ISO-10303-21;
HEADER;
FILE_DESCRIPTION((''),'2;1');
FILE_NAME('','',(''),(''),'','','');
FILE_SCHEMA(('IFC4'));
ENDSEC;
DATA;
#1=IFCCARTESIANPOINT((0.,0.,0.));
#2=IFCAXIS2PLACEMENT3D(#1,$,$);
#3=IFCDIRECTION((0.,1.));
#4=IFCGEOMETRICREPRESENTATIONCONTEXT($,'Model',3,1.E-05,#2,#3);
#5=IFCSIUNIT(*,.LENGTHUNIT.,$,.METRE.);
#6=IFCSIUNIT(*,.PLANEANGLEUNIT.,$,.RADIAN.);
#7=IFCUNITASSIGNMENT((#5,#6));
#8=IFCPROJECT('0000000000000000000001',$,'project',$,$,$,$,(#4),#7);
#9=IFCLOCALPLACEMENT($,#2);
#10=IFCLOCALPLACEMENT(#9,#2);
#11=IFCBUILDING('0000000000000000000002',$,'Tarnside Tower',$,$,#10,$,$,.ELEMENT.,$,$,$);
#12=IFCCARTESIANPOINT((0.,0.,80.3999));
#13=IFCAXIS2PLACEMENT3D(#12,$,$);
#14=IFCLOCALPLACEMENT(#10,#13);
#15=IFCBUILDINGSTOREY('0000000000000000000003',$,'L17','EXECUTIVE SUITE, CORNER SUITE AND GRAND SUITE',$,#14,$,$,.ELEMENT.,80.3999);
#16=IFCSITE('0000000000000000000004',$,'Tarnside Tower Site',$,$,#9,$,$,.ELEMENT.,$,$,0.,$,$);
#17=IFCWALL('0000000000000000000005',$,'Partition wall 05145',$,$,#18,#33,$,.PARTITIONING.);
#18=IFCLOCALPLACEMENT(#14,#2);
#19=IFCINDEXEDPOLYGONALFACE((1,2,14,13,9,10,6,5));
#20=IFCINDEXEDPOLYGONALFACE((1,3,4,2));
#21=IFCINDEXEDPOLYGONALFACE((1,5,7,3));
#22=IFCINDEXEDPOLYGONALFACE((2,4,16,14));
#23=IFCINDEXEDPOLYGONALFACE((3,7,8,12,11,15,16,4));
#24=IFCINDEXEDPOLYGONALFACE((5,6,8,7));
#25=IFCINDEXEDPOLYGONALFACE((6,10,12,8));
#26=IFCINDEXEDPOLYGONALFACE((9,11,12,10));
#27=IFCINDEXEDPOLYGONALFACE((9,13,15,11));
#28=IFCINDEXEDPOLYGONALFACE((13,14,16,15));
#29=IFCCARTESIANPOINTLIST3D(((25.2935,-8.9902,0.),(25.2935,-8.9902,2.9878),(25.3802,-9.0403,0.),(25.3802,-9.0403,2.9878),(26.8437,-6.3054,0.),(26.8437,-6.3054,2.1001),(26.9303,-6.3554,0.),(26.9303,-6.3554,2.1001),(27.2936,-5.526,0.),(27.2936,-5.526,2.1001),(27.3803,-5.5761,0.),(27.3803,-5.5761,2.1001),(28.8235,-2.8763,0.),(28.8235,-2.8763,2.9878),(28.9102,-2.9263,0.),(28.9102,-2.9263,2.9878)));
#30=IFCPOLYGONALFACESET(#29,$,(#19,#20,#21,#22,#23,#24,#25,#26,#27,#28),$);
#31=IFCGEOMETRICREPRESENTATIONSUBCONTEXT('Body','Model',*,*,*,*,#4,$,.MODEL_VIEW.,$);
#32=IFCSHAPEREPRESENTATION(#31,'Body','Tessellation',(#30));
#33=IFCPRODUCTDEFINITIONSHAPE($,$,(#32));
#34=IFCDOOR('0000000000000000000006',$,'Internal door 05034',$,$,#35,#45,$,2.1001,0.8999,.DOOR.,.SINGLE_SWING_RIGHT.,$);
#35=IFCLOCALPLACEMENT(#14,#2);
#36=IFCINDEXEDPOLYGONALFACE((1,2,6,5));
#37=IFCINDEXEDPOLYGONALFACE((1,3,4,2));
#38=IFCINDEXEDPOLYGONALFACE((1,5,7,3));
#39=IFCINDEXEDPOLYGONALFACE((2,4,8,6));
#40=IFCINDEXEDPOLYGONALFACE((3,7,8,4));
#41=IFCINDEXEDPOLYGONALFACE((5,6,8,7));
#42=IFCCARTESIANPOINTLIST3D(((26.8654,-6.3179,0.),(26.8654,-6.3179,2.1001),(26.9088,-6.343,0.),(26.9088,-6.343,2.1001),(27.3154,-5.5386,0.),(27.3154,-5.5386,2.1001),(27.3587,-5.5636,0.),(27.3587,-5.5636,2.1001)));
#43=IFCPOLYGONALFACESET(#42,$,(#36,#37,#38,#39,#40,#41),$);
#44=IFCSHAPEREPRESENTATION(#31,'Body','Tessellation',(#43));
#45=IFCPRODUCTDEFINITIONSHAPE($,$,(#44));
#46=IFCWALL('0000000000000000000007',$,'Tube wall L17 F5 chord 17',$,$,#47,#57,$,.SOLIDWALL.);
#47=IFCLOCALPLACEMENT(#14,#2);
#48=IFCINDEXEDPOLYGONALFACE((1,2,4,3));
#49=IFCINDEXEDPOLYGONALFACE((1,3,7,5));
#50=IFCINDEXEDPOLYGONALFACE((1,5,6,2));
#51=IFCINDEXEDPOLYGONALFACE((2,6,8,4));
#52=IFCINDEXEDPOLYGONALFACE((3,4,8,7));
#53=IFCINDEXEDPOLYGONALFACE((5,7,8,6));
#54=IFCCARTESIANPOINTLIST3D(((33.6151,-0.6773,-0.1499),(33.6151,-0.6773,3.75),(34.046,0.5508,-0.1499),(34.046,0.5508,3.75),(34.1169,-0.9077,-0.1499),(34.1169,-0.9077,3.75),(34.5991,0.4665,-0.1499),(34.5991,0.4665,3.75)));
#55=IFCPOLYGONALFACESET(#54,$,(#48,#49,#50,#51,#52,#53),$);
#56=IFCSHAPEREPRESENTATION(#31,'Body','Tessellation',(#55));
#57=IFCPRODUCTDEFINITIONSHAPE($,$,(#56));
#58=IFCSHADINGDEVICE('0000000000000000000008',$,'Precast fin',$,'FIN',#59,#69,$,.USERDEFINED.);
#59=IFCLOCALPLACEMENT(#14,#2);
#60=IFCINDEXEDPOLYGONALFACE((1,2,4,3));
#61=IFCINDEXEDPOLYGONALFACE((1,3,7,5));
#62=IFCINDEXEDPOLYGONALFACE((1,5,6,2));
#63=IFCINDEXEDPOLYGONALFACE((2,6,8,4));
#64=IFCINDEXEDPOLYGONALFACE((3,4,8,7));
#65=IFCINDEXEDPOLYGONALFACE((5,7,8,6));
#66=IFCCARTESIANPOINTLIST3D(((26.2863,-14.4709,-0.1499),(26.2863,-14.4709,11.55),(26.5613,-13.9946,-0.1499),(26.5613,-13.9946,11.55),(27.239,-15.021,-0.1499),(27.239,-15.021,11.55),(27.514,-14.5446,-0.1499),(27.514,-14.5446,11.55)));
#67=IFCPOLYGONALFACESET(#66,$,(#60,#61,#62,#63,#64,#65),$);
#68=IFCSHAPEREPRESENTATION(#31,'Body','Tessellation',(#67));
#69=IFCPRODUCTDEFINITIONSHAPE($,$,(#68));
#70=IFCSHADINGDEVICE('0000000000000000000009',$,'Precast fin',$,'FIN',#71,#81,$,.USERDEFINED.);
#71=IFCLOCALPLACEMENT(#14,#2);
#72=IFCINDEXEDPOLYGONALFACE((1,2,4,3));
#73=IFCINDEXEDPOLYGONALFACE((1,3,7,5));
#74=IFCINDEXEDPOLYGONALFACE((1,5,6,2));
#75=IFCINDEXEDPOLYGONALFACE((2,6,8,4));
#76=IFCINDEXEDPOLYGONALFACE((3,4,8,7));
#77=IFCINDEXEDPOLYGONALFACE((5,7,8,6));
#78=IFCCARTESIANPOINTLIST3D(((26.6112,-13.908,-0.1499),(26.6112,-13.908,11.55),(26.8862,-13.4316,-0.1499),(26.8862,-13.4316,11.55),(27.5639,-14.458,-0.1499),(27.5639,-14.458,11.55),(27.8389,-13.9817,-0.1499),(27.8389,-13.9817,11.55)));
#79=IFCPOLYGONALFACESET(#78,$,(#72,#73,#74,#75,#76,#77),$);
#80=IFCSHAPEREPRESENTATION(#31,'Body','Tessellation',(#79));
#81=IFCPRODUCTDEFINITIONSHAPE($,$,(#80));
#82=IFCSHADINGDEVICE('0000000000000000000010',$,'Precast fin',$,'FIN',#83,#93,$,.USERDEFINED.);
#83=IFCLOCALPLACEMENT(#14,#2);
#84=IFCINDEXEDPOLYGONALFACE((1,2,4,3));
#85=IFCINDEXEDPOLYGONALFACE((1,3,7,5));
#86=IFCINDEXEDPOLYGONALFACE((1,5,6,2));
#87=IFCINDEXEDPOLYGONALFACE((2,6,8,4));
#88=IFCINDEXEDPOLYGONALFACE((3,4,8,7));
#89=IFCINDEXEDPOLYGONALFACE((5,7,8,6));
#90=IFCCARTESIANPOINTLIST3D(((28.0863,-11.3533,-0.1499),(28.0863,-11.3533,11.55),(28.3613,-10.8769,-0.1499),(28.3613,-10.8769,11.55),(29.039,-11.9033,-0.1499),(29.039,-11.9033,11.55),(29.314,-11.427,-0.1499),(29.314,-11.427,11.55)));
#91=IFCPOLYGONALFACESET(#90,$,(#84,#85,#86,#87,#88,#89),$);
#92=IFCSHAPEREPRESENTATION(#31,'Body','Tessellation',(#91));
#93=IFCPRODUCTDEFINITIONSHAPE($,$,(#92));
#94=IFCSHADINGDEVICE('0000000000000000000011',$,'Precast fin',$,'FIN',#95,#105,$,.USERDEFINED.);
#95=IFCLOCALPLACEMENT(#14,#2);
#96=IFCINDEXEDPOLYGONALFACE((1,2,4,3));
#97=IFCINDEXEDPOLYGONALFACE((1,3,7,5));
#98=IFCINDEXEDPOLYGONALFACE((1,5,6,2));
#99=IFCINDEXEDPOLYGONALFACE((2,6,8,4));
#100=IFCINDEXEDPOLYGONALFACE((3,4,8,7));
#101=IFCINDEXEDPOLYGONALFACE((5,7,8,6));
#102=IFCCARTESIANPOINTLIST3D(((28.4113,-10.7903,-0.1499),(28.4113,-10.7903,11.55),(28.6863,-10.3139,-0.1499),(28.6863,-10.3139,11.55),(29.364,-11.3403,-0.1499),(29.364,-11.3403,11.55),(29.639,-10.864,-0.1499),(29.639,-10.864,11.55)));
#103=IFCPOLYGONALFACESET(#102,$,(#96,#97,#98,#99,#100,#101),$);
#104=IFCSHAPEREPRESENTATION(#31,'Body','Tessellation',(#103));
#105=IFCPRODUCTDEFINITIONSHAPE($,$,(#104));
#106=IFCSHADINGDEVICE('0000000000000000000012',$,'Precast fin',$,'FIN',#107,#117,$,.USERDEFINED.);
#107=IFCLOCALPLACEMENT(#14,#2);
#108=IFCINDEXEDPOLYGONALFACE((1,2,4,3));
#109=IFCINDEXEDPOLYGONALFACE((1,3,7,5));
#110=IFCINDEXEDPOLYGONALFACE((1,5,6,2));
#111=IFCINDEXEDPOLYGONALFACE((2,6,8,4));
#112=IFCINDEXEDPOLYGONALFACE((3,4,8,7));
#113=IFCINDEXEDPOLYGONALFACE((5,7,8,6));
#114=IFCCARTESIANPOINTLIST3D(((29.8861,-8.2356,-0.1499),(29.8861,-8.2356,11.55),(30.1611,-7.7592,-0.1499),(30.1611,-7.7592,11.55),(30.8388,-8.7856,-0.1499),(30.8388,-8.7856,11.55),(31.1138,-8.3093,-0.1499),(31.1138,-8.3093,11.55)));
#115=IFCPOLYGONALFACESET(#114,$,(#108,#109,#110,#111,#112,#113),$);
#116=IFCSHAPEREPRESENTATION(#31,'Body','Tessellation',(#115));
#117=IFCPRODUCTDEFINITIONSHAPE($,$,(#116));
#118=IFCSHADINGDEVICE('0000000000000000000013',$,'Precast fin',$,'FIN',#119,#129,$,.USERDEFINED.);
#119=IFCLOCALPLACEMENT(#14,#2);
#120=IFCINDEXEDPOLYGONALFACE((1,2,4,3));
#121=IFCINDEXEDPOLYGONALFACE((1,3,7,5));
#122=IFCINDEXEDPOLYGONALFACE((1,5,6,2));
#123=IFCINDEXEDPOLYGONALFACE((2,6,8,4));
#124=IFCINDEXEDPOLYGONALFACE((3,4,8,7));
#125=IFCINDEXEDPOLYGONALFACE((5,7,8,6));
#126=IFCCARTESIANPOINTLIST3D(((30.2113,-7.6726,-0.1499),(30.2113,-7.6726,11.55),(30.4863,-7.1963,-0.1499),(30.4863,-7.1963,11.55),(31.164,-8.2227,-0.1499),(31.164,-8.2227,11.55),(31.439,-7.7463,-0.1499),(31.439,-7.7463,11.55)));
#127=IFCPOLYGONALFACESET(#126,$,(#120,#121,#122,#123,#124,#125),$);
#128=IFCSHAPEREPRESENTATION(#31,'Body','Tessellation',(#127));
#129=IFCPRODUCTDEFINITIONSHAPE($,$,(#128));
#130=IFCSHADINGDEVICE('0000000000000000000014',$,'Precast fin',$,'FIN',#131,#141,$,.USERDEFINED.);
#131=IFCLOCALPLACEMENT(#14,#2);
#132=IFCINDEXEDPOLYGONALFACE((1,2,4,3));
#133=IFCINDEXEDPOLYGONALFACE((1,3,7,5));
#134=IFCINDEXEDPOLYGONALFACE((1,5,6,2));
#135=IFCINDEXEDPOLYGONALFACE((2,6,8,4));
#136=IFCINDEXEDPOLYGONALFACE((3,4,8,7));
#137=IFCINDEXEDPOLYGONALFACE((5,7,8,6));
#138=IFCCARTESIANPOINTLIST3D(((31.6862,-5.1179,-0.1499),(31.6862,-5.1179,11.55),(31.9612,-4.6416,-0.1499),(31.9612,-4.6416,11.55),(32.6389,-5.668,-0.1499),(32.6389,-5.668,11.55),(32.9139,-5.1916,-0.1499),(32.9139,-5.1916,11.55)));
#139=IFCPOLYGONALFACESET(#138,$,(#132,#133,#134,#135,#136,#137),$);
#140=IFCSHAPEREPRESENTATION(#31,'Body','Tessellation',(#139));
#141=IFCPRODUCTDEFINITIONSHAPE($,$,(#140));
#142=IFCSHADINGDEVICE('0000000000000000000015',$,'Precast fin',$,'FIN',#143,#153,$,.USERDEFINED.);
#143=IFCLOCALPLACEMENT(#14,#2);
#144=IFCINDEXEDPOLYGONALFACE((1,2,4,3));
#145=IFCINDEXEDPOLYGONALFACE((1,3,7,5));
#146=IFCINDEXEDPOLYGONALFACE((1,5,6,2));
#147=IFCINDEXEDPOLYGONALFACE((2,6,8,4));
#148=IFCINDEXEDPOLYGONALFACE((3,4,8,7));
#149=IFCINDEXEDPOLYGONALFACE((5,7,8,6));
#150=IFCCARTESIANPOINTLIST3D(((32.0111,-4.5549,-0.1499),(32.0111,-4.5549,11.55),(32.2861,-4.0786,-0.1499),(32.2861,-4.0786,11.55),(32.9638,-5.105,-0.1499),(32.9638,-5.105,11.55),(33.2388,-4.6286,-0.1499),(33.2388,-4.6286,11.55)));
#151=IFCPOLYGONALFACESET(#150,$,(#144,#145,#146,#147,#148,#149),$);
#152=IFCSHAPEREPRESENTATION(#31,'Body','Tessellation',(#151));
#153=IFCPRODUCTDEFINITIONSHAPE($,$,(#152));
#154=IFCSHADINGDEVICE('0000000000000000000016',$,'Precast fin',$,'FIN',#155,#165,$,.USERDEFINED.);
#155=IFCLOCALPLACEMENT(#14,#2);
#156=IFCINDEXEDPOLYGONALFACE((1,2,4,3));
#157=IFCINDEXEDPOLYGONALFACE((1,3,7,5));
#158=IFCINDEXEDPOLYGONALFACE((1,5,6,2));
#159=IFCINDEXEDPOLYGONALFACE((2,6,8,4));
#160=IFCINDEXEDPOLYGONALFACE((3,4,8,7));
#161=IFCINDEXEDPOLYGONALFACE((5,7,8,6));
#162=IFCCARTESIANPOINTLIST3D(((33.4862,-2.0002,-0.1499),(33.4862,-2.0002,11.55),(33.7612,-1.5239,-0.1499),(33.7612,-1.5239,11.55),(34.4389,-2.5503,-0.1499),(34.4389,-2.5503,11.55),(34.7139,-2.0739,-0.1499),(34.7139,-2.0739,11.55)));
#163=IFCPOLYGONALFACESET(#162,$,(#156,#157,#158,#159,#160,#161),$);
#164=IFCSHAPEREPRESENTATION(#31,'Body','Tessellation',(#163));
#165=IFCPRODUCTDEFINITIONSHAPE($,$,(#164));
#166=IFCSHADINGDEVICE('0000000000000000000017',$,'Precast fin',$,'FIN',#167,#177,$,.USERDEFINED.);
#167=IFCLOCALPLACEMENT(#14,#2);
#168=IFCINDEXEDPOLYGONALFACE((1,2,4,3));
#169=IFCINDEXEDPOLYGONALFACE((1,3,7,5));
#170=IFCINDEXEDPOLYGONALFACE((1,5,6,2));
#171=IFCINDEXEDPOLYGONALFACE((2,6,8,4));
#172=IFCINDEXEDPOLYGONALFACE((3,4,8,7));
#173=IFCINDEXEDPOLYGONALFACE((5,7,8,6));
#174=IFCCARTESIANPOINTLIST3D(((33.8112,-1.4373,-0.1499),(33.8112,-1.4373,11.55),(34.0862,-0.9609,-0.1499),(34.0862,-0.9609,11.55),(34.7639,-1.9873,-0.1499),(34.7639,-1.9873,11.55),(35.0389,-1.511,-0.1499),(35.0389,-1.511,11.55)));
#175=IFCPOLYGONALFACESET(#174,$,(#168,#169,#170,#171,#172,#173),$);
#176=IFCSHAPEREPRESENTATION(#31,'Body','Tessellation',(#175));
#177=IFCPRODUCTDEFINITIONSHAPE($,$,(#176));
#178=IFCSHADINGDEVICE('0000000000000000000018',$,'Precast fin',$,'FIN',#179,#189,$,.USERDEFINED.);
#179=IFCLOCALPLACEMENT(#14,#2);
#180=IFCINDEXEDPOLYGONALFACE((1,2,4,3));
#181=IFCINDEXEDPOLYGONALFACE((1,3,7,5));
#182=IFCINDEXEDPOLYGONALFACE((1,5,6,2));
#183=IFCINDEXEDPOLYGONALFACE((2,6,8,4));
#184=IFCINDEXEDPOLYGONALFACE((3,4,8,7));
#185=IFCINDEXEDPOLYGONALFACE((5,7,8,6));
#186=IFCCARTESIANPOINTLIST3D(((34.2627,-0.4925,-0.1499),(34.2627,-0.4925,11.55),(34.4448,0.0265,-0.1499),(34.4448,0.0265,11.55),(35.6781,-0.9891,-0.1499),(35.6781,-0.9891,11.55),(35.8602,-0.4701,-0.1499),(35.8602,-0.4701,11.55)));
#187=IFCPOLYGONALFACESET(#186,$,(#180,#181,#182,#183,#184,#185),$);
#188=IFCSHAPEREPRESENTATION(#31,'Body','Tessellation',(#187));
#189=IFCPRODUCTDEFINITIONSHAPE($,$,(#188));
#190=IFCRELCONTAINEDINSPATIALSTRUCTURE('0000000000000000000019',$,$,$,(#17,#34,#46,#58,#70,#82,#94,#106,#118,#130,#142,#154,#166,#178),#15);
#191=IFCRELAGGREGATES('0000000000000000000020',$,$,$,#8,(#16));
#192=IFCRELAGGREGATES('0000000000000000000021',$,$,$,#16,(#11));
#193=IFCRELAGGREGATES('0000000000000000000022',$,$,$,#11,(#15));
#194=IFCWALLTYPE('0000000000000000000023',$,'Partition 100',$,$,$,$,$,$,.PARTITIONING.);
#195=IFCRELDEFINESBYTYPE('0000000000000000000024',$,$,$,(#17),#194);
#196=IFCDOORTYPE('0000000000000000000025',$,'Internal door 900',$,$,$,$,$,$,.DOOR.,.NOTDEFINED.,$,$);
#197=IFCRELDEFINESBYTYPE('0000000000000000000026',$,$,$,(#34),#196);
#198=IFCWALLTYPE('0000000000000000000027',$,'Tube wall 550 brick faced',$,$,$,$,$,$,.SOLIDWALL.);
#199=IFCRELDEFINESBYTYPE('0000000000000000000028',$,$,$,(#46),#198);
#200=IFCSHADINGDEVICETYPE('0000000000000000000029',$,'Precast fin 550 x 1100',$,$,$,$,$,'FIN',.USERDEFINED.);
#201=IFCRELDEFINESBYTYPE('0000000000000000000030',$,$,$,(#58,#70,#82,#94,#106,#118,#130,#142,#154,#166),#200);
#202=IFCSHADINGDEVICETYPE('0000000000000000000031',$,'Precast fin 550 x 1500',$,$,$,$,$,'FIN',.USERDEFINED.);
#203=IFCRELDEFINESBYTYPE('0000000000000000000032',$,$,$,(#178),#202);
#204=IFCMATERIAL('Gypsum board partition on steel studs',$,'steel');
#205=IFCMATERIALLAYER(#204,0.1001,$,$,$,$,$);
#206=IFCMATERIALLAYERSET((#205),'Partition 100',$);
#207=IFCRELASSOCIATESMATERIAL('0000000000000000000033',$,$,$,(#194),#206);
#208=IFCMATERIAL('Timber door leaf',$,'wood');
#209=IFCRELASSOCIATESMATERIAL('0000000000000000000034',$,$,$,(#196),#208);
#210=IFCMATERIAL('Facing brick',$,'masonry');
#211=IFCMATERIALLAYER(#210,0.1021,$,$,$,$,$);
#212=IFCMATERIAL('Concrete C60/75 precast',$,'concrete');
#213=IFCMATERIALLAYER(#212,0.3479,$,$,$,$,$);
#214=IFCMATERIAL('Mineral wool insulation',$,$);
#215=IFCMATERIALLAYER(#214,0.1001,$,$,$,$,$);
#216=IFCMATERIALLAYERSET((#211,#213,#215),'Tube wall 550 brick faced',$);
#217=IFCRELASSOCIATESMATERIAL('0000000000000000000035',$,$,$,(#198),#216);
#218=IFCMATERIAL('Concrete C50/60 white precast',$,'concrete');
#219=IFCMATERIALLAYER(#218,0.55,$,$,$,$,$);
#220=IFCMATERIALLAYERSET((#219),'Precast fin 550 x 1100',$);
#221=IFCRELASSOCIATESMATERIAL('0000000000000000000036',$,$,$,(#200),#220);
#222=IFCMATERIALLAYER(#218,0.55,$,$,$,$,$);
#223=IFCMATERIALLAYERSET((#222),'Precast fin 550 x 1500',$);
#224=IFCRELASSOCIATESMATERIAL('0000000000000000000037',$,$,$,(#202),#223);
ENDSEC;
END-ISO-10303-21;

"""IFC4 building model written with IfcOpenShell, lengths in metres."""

from ifc_helpers import new_model, si_unit, direction, frame, frame_2d, origin, place, context, subcontext, project, spatial, polyline, rectangle, outline, extrude, material, layer, layer_set, type_object, element, fill, save


model = new_model("IFC4")

# Units and contexts
model_context = context("Model", 3, precision=1e-05, world=origin(), true_north=direction((0.0, 1.0)))
body_context = subcontext(model_context, "Body", "Model", "MODEL_VIEW")
ifc_project = project(units=[si_unit("LENGTHUNIT", "METRE"), si_unit("PLANEANGLEUNIT", "RADIAN")], contexts=[model_context])

# Site, building, storey
site_placement = place(None, origin())
site = spatial("IfcSite", under=ifc_project, at=site_placement, Name="Tarnside Tower Site", CompositionType="ELEMENT", RefElevation=0.0)
building_placement = place(site_placement, origin())
building = spatial("IfcBuilding", under=site, at=building_placement, Name="Tarnside Tower", CompositionType="ELEMENT")
storey_placement = place(building_placement, frame((0.0, 0.0, 80.3999)))
storey = spatial("IfcBuildingStorey", under=building, at=storey_placement, Name="L17", Description="EXECUTIVE SUITE, CORNER SUITE AND GRAND SUITE", CompositionType="ELEMENT", Elevation=80.3999)

# Shared definitions
ifc_material_1 = material(Name="Gypsum board partition on steel studs", Category="steel")

# Shared definitions
ifc_material_2 = material(Name="Timber door leaf", Category="wood")

# Shared definitions
ifc_layer_1 = layer(ifc_material_1, 0.1001)
ifc_layer_set_1 = layer_set([ifc_layer_1], Name="Partition 100")
wall_type_1 = type_object("IfcWallType", Name="Partition 100", PredefinedType="PARTITIONING", material=ifc_layer_set_1)

# Wall, opening, door
wall_1_placement = place(storey_placement, frame((25.3369, -9.0151, 0.0), z_axis=(0.0, 0.0, 1.0), x_axis=(0.500011, 0.866019, 0.0)))
wall_1 = element("IfcWall", 1, at=wall_1_placement, inside=storey, type_object=wall_type_1, Name="Partition wall 05145", PredefinedType="PARTITIONING", context=body_context, shape_type="SweptSolid", body=[
    extrude(rectangle(XDim=7.0598, YDim=0.1001, at=frame_2d((3.5298, 0.0))), origin(), (0.0, 0.0, 1.0), 2.9878),
])
opening_1_placement = place(wall_1_placement, frame((3.1001, 0.0, 0.0)))
opening_1 = element("IfcOpeningElement", 2, at=opening_1_placement, cuts=wall_1, PredefinedType="OPENING", context=body_context, shape_type="SweptSolid", body=[
    extrude(rectangle(XDim=0.8999, YDim=2.1001, at=frame_2d((0.45, 1.05))), frame((0.0, 0.0601, 0.0), z_axis=(0.0, -1.0, 0.0), x_axis=(1.0, 0.0, 0.0)), (0.0, 0.0, 1.0), 0.1201),
])
door_type_1 = type_object("IfcDoorType", Name="Internal door 900", OperationType="NOTDEFINED", PredefinedType="DOOR", material=ifc_material_2)
door_1_placement = place(opening_1_placement, origin())
door_1 = element("IfcDoor", 3, at=door_1_placement, inside=storey, type_object=door_type_1, Name="Internal door 05034", OperationType="SINGLE_SWING_RIGHT", OverallHeight=2.1001, OverallWidth=0.8999, PredefinedType="DOOR", context=body_context, shape_type="SweptSolid", body=[
    extrude(rectangle(XDim=0.8999, YDim=2.1001, at=frame_2d((0.45, 1.05))), frame((0.0, 0.0249, 0.0), z_axis=(0.0, -1.0, 0.0), x_axis=(1.0, 0.0, 0.0)), (0.0, 0.0, 1.0), 0.05),
])
fill(opening_1, door_1)

# Wall
ifc_material_3 = material(Name="Facing brick", Category="masonry")
ifc_layer_2 = layer(ifc_material_3, 0.1021)
ifc_material_4 = material(Name="Concrete C60/75 precast", Category="concrete")
ifc_layer_3 = layer(ifc_material_4, 0.3479)
ifc_material_5 = material(Name="Mineral wool insulation")
ifc_layer_4 = layer(ifc_material_5, 0.1001)
ifc_layer_set_2 = layer_set([ifc_layer_2, ifc_layer_3, ifc_layer_4], Name="Tube wall 550 brick faced")
wall_type_2 = type_object("IfcWallType", Name="Tube wall 550 brick faced", PredefinedType="SOLIDWALL", material=ifc_layer_set_2)
wall_2_placement = place(storey_placement, frame((33.866, -0.7925, -0.1499), z_axis=(0.0, 0.0, 1.0), x_axis=(0.331115, 0.94359, 0.0)))
element("IfcWall", 4, at=wall_2_placement, inside=storey, type_object=wall_type_2, Name="Tube wall L17 F5 chord 17", PredefinedType="SOLIDWALL", context=body_context, shape_type="SweptSolid", body=[
    extrude(outline(polyline([(-0.0256, -0.2749), (1.4307, -0.2749), (1.3271, 0.2749), (0.0256, 0.2749), (-0.0256, -0.2749)])), origin(), (0.0, 0.0, 1.0), 3.8999),
])

# Shading devices
ifc_material_6 = material(Name="Concrete C50/60 white precast", Category="concrete")
ifc_layer_5 = layer(ifc_material_6, 0.55)
ifc_layer_set_3 = layer_set([ifc_layer_5], Name="Precast fin 550 x 1100")
shading_device_type_1 = type_object("IfcShadingDeviceType", Name="Precast fin 550 x 1100", ElementType="FIN", PredefinedType="USERDEFINED", material=ifc_layer_set_3)
for number, where, z_axis, x_axis, name in (
    (5, (26.4238, -14.2327, -0.1499), (-0.5, -0.866025, 0.0), (0.866025, -0.5, 0.0), "Precast fin"),
    (6, (26.7488, -13.6697, -0.1499), (-0.5, -0.866025, 0.0), (0.866025, -0.5, 0.0), "Precast fin"),
    (7, (28.2239, -11.115, -0.1499), (-0.5, -0.866025, 0.0), (0.866025, -0.5, 0.0), "Precast fin"),
    (8, (28.5488, -10.552, -0.1499), (-0.5, -0.866025, 0.0), (0.866025, -0.5, 0.0), "Precast fin"),
    (9, (30.0237, -7.9973, -0.1499), (-0.5, -0.866025, 0.0), (0.866025, -0.5, 0.0), "Precast fin"),
    (10, (30.3489, -7.4343, -0.1499), (-0.5, -0.866025, 0.0), (0.866025, -0.5, 0.0), "Precast fin"),
    (11, (31.8237, -4.8796, -0.1499), (-0.5, -0.866025, 0.0), (0.866025, -0.5, 0.0), "Precast fin"),
    (12, (32.1487, -4.3167, -0.1499), (-0.5, -0.866025, 0.0), (0.866025, -0.5, 0.0), "Precast fin"),
    (13, (33.6238, -1.762, -0.1499), (-0.5, -0.866025, 0.0), (0.866025, -0.5, 0.0), "Precast fin"),
    (14, (33.9487, -1.199, -0.1499), (-0.5, -0.866025, 0.0), (0.866025, -0.5, 0.0), "Precast fin"),
):
    element("IfcShadingDevice", number, at=place(storey_placement, frame(where, z_axis=z_axis, x_axis=x_axis)), inside=storey, type_object=shading_device_type_1, Name=name, ObjectType="FIN", PredefinedType="USERDEFINED", context=body_context, shape_type="SweptSolid", body=[
        extrude(outline(polyline([(0.0, 0.0), (1.1001, 0.0), (1.1001, 11.7), (0.0, 11.7), (0.0, 0.0)])), frame((0.0, 0.0, -0.2749)), (0.0, 0.0, 1.0), 0.55),
    ])
ifc_layer_6 = layer(ifc_material_6, 0.55)
ifc_layer_set_4 = layer_set([ifc_layer_6], Name="Precast fin 550 x 1500")
shading_device_type_2 = type_object("IfcShadingDeviceType", Name="Precast fin 550 x 1500", ElementType="FIN", PredefinedType="USERDEFINED", material=ifc_layer_set_4)
shading_device_placement = place(storey_placement, frame((34.3538, -0.2329, -0.1499), z_axis=(-0.331063, -0.943609, 0.0), x_axis=(0.943609, -0.331063, 0.0)))
element("IfcShadingDevice", 15, at=shading_device_placement, inside=storey, type_object=shading_device_type_2, Name="Precast fin", ObjectType="FIN", PredefinedType="USERDEFINED", context=body_context, shape_type="SweptSolid", body=[
    extrude(outline(polyline([(0.0, 0.0), (1.5, 0.0), (1.5, 11.7), (0.0, 11.7), (0.0, 0.0)])), frame((0.0, 0.0, -0.2749)), (0.0, 0.0, 1.0), 0.55),
])

save(model, "model.ifc")
